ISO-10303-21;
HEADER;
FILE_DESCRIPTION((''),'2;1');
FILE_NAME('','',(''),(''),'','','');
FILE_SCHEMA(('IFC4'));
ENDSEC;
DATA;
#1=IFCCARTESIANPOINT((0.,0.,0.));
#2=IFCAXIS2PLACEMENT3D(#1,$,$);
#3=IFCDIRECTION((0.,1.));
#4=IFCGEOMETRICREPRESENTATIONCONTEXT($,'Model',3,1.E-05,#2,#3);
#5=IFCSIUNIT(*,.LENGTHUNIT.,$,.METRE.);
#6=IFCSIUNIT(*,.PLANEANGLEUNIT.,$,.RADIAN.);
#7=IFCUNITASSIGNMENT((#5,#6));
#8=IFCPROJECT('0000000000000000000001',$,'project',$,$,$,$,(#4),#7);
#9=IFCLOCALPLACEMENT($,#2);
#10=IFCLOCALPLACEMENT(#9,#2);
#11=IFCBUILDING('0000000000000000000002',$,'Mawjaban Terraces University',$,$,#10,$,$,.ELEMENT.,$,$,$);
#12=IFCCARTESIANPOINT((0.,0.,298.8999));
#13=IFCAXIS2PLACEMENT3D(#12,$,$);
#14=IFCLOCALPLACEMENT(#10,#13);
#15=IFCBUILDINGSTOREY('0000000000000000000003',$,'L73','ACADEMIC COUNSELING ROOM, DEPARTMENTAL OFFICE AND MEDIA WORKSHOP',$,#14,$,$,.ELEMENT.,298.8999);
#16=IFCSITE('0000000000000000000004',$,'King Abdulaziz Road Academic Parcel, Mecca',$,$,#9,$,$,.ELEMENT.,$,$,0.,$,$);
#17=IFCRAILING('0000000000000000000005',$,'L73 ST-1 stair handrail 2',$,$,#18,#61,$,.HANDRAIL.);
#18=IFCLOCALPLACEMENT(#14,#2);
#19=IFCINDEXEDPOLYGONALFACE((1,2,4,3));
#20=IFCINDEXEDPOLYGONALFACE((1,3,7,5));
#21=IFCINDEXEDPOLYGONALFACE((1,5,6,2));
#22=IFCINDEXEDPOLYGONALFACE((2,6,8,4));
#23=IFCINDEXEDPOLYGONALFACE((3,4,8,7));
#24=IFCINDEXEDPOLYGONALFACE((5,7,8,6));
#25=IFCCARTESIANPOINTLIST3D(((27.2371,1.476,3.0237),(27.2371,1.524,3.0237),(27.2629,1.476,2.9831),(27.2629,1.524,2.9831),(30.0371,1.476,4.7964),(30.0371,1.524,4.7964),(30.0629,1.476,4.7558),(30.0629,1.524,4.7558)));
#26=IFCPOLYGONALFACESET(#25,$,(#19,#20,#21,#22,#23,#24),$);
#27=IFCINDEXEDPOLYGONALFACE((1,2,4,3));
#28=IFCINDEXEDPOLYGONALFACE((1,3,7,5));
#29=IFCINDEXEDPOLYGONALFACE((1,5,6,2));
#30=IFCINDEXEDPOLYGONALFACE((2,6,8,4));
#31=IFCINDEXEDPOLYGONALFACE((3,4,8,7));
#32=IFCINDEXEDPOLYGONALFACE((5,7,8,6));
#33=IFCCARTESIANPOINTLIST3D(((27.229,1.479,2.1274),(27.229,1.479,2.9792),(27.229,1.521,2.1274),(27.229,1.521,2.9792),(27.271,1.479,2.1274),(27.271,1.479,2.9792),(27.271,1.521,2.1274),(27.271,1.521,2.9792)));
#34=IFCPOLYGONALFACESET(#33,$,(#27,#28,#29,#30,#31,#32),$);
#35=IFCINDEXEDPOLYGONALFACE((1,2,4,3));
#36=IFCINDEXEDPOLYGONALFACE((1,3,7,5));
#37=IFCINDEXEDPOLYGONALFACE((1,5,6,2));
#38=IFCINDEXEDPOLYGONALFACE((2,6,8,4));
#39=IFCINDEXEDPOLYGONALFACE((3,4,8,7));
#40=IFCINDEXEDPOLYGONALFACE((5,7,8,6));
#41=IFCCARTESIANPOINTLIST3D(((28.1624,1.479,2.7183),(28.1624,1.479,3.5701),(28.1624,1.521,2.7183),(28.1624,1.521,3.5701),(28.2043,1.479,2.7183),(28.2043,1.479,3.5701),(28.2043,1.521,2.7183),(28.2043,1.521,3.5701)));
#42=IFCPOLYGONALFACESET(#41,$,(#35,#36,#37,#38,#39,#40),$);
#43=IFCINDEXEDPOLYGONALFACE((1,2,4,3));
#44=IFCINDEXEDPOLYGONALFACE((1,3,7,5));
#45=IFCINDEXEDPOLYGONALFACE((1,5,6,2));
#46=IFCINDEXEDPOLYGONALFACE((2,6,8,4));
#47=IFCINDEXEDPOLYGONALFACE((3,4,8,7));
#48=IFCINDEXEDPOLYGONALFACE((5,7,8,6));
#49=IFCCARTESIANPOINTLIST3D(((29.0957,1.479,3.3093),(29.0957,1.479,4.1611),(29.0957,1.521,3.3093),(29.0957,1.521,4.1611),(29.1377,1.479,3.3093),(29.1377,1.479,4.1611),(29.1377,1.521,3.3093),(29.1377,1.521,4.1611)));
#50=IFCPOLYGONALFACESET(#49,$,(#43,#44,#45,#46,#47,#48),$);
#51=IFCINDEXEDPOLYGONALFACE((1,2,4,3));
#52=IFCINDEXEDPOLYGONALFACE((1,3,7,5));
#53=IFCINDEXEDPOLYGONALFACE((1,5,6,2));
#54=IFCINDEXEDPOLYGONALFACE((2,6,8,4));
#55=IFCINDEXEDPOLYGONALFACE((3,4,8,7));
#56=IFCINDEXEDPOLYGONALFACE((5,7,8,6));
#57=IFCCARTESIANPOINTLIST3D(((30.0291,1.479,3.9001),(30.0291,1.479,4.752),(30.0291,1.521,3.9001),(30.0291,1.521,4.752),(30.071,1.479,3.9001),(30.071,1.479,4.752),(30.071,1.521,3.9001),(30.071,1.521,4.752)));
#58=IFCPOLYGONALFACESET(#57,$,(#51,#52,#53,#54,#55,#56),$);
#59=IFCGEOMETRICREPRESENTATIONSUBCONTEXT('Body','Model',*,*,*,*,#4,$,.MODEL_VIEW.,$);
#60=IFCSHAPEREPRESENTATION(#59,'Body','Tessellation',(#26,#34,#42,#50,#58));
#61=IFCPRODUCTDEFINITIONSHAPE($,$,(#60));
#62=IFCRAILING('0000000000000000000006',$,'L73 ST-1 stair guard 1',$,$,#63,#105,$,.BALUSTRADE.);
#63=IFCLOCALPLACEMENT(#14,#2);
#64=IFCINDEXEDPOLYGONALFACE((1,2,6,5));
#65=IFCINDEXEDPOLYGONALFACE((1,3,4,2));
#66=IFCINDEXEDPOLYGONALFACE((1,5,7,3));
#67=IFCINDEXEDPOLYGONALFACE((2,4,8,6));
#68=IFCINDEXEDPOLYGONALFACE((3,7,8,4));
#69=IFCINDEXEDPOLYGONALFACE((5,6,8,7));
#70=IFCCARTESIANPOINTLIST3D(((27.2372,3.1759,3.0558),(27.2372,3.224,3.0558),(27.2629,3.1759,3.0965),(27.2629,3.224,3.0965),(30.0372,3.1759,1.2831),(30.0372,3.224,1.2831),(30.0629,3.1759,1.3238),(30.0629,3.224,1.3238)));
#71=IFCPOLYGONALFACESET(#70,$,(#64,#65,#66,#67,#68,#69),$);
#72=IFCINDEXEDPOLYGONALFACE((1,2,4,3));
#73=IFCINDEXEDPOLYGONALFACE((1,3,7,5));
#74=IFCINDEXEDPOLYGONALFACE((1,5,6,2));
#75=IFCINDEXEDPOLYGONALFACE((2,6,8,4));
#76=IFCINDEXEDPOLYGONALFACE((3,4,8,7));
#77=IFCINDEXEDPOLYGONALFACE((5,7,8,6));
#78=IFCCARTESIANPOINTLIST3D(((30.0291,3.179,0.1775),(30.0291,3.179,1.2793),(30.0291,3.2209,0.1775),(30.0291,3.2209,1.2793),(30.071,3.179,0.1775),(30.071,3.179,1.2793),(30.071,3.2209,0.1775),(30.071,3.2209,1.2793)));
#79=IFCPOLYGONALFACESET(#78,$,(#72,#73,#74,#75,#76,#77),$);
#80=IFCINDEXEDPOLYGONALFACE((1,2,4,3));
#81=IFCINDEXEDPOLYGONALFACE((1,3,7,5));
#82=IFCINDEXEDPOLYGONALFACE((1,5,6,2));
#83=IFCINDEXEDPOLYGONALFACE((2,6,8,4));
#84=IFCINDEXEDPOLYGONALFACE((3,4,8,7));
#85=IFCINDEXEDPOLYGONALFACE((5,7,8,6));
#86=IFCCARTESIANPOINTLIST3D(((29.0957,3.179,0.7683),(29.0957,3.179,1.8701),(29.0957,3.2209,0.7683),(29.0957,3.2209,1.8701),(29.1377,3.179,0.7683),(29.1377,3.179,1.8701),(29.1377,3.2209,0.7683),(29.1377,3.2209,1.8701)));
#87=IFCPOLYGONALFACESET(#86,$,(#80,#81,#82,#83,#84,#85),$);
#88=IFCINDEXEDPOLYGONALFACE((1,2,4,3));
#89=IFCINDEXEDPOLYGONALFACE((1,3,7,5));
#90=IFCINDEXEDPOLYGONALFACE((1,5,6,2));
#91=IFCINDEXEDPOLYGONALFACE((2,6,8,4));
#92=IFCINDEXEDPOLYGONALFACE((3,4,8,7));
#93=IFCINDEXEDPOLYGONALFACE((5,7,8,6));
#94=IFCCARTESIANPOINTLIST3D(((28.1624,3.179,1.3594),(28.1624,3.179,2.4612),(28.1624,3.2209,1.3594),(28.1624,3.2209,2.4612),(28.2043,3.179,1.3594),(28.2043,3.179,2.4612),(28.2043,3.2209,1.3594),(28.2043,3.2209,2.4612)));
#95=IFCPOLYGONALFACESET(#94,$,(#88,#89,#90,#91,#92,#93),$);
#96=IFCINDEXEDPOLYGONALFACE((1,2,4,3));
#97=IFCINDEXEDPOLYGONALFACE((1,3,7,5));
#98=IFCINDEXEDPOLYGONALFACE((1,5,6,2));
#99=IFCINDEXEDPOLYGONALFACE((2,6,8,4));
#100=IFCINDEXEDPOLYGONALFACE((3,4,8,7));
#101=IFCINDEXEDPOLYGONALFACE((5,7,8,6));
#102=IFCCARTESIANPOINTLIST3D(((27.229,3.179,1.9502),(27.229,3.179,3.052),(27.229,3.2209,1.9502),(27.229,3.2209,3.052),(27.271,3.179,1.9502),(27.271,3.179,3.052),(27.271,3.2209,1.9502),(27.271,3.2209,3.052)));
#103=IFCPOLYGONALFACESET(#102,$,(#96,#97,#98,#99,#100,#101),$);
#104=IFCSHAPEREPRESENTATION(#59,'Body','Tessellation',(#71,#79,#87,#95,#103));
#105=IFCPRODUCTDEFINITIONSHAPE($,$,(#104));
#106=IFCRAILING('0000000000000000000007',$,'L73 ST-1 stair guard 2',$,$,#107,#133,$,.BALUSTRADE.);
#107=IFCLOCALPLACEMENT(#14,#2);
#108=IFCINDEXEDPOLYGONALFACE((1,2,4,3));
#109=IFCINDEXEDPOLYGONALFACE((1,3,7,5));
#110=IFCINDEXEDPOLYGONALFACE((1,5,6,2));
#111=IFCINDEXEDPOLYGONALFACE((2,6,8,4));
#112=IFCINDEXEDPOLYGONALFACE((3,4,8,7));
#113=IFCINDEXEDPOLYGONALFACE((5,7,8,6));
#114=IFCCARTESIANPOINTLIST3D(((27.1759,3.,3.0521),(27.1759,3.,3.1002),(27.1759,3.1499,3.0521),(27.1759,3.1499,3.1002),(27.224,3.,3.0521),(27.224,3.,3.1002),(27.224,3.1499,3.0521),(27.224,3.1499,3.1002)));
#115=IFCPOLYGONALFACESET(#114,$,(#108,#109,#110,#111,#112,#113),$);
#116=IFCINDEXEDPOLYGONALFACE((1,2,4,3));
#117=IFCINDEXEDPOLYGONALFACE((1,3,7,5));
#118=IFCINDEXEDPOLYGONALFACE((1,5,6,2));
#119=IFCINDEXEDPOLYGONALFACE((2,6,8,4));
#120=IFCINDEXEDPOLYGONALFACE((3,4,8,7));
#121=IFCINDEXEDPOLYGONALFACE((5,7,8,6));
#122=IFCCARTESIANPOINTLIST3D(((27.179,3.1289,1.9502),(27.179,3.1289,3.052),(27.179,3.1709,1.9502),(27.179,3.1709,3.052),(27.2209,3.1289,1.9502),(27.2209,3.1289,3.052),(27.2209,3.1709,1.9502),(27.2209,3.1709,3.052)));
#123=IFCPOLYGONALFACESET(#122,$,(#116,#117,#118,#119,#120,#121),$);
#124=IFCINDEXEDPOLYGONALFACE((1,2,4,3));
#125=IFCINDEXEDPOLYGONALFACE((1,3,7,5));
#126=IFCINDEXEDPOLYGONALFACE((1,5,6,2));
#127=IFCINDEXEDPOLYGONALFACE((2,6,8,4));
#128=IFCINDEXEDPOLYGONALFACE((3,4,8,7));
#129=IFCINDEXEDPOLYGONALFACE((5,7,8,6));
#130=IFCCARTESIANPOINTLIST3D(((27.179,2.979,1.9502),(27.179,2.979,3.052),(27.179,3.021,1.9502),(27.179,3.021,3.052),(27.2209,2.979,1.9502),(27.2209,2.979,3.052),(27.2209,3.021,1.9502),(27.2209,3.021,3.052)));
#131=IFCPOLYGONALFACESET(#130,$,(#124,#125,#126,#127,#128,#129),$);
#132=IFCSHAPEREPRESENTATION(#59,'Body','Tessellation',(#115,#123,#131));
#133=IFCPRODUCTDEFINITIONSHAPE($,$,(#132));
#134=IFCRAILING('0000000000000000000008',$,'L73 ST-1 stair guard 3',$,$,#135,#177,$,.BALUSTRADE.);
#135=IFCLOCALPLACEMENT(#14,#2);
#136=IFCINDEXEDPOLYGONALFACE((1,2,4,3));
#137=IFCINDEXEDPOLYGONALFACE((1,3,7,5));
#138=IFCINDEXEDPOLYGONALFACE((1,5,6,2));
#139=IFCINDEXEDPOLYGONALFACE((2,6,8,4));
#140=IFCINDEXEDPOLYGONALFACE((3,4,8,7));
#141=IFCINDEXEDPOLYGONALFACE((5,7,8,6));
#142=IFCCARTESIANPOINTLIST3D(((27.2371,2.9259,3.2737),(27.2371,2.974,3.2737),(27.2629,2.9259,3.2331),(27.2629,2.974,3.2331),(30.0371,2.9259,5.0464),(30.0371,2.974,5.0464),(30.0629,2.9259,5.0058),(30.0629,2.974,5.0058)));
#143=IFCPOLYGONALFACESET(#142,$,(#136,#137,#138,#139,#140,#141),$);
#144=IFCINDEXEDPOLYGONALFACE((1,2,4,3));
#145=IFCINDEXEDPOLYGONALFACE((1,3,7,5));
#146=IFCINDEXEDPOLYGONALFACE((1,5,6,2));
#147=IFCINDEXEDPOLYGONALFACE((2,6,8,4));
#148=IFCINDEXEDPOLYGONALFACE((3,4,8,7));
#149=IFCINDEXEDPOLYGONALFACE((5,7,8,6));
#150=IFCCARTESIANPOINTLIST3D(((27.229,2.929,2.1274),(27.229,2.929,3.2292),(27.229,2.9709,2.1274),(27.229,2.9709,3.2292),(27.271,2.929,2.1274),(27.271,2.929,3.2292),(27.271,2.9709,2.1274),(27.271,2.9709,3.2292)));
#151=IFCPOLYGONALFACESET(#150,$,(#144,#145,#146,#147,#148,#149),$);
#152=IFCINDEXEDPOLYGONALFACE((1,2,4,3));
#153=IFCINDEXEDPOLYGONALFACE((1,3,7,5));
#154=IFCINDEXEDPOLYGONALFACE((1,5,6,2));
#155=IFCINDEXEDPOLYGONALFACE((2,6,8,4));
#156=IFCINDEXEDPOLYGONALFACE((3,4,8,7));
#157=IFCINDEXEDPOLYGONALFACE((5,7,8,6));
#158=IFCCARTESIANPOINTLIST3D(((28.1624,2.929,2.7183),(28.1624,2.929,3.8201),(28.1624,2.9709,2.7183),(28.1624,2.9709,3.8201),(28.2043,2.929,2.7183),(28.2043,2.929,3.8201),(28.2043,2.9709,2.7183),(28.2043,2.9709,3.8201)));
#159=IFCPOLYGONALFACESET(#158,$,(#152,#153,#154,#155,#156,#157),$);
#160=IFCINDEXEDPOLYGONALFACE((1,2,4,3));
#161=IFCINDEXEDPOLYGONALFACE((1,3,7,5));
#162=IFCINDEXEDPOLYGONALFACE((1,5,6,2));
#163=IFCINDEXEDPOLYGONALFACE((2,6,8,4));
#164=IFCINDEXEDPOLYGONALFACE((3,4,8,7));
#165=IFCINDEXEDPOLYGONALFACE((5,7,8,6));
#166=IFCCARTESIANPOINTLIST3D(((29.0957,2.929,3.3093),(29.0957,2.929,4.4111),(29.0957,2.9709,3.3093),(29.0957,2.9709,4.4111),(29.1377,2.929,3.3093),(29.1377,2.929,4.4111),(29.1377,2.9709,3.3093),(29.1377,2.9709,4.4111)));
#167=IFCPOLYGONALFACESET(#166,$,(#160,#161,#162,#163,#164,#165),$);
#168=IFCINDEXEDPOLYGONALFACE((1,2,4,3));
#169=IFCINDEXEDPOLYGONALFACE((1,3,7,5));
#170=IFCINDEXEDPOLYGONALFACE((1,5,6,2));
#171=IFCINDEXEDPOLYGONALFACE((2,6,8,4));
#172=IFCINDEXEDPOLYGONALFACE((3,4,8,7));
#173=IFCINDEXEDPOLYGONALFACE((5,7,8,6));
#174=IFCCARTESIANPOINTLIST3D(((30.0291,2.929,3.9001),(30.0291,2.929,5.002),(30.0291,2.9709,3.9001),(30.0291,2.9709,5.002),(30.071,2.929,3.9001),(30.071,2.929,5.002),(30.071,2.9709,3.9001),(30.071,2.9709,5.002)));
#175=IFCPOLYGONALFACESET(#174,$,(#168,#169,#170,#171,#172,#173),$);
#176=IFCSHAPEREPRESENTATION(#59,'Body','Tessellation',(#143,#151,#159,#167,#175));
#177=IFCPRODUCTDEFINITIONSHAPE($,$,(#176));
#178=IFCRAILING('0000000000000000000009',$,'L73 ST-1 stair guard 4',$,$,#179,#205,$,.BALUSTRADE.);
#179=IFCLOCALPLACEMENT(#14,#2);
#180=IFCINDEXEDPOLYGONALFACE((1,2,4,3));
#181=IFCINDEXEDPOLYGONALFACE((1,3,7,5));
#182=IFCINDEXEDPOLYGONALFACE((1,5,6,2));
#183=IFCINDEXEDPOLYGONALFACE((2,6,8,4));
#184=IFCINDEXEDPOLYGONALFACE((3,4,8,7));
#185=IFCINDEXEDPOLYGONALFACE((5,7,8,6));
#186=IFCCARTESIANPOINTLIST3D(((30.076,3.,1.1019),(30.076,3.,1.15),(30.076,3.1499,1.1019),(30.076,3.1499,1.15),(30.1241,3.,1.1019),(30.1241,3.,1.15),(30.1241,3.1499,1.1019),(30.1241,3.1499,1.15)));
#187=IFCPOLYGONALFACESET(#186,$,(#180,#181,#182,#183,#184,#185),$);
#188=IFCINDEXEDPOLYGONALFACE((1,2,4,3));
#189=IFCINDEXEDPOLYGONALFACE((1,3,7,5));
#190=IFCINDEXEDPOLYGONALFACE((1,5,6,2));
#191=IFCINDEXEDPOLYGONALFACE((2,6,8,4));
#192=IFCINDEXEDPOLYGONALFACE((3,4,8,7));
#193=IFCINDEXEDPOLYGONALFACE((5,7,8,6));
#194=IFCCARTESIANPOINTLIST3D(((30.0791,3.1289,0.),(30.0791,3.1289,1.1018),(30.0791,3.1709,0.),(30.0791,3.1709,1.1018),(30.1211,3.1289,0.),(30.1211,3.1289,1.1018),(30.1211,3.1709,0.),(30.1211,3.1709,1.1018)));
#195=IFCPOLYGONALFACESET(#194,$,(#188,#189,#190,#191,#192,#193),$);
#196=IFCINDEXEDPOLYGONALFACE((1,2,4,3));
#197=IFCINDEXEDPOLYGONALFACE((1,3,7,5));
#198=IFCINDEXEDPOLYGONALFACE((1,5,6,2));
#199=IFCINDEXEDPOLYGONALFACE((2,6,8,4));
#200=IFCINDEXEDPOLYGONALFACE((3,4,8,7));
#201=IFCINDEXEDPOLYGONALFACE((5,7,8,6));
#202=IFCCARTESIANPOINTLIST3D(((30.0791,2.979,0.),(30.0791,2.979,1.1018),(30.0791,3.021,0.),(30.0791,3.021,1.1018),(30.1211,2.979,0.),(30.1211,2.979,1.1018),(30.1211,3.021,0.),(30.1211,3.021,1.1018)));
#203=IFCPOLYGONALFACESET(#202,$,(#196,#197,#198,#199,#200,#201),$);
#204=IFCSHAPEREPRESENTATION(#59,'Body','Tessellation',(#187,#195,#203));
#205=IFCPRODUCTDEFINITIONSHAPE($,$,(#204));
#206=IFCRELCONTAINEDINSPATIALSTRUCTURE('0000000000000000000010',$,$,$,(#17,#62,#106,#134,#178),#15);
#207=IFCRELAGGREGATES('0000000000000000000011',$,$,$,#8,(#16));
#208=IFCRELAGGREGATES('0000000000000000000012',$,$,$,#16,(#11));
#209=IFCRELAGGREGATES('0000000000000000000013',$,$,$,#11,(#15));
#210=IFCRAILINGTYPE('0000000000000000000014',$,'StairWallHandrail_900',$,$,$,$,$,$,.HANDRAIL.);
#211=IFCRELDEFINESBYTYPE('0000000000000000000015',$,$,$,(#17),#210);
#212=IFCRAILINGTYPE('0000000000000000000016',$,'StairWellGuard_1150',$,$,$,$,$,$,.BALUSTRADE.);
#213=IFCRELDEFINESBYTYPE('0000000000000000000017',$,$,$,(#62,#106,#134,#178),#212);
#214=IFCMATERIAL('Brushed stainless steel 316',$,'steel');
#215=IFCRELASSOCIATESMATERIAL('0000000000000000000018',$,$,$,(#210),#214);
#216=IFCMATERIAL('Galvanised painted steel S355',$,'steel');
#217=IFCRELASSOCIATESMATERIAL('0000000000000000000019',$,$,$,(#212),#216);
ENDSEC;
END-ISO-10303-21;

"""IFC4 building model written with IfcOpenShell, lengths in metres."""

from ifc_helpers import new_model, si_unit, direction, frame, origin, origin_2d, place, context, subcontext, project, spatial, rectangle, extrude, material, type_object, element, save


model = new_model("IFC4")

# Units and contexts
model_context = context("Model", 3, precision=1e-05, world=origin(), true_north=direction((0.0, 1.0)))
body_context = subcontext(model_context, "Body", "Model", "MODEL_VIEW")
ifc_project = project(units=[si_unit("LENGTHUNIT", "METRE"), si_unit("PLANEANGLEUNIT", "RADIAN")], contexts=[model_context])

# Site, building, storey
site_placement = place(None, origin())
site = spatial("IfcSite", under=ifc_project, at=site_placement, Name="King Abdulaziz Road Academic Parcel, Mecca", CompositionType="ELEMENT", RefElevation=0.0)
building_placement = place(site_placement, origin())
building = spatial("IfcBuilding", under=site, at=building_placement, Name="Mawjaban Terraces University", CompositionType="ELEMENT")
storey_placement = place(building_placement, frame((0.0, 0.0, 298.8999)))
storey = spatial("IfcBuildingStorey", under=building, at=storey_placement, Name="L73", Description="ACADEMIC COUNSELING ROOM, DEPARTMENTAL OFFICE AND MEDIA WORKSHOP", CompositionType="ELEMENT", Elevation=298.8999)

# Railings
ifc_material_1 = material(Name="Brushed stainless steel 316", Category="steel")
railing_type_1 = type_object("IfcRailingType", Name="StairWallHandrail_900", PredefinedType="HANDRAIL", material=ifc_material_1)
railing_1_placement = place(storey_placement, frame((27.25, 1.5, 2.1274)))
element("IfcRailing", 1, at=railing_1_placement, inside=storey, type_object=railing_type_1, Name="L73 ST-1 stair handrail 2", PredefinedType="HANDRAIL", context=body_context, shape_type="SweptSolid", body=[
    extrude(rectangle(XDim=0.0481, YDim=0.0481, at=origin_2d()), frame((0.0, 0.0, 0.876), z_axis=(0.844909, 0.0, 0.53491), x_axis=(0.0, 1.0, 0.0)), (0.0, 0.0, 1.0), 3.314),
    extrude(rectangle(XDim=0.042, YDim=0.042, at=origin_2d()), origin(), (0.0, 0.0, 1.0), 0.8518),
    extrude(rectangle(XDim=0.042, YDim=0.042, at=origin_2d()), frame((0.9333, 0.0, 0.5908)), (0.0, 0.0, 1.0), 0.8518),
    extrude(rectangle(XDim=0.042, YDim=0.042, at=origin_2d()), frame((1.8667, 0.0, 1.1819)), (0.0, 0.0, 1.0), 0.8518),
    extrude(rectangle(XDim=0.042, YDim=0.042, at=origin_2d()), frame((2.8, 0.0, 1.7727)), (0.0, 0.0, 1.0), 0.8518),
])
ifc_material_2 = material(Name="Galvanised painted steel S355", Category="steel")
railing_type_2 = type_object("IfcRailingType", Name="StairWellGuard_1150", PredefinedType="BALUSTRADE", material=ifc_material_2)
railing_2_placement = place(storey_placement, frame((30.05, 3.2, 0.1775)))
element("IfcRailing", 2, at=railing_2_placement, inside=storey, type_object=railing_type_2, Name="L73 ST-1 stair guard 1", PredefinedType="BALUSTRADE", context=body_context, shape_type="SweptSolid", body=[
    extrude(rectangle(XDim=0.0481, YDim=0.0481, at=origin_2d()), frame((0.0, 0.0, 1.126), z_axis=(-0.844909, 0.0, 0.53491), x_axis=(0.0, -1.0, 0.0)), (0.0, 0.0, 1.0), 3.314),
    extrude(rectangle(XDim=0.042, YDim=0.042, at=origin_2d()), origin(), (0.0, 0.0, 1.0), 1.1018),
    extrude(rectangle(XDim=0.042, YDim=0.042, at=origin_2d()), frame((-0.9333, 0.0, 0.5908)), (0.0, 0.0, 1.0), 1.1018),
    extrude(rectangle(XDim=0.042, YDim=0.042, at=origin_2d()), frame((-1.8667, 0.0, 1.1819)), (0.0, 0.0, 1.0), 1.1018),
    extrude(rectangle(XDim=0.042, YDim=0.042, at=origin_2d()), frame((-2.8, 0.0, 1.7727)), (0.0, 0.0, 1.0), 1.1018),
])
railing_3_placement = place(storey_placement, frame((27.2, 3.1499, 1.9502)))
element("IfcRailing", 3, at=railing_3_placement, inside=storey, type_object=railing_type_2, Name="L73 ST-1 stair guard 2", PredefinedType="BALUSTRADE", context=body_context, shape_type="SweptSolid", body=[
    extrude(rectangle(XDim=0.0481, YDim=0.0481, at=origin_2d()), frame((0.0, 0.0, 1.126), z_axis=(0.0, -1.0, 0.0), x_axis=(1.0, 0.0, 0.0)), (0.0, 0.0, 1.0), 0.1499),
    extrude(rectangle(XDim=0.042, YDim=0.042, at=origin_2d()), origin(), (0.0, 0.0, 1.0), 1.1018),
    extrude(rectangle(XDim=0.042, YDim=0.042, at=origin_2d()), frame((0.0, -0.1499, 0.0)), (0.0, 0.0, 1.0), 1.1018),
])
railing_4_placement = place(storey_placement, frame((27.25, 2.95, 2.1274)))
element("IfcRailing", 4, at=railing_4_placement, inside=storey, type_object=railing_type_2, Name="L73 ST-1 stair guard 3", PredefinedType="BALUSTRADE", context=body_context, shape_type="SweptSolid", body=[
    extrude(rectangle(XDim=0.0481, YDim=0.0481, at=origin_2d()), frame((0.0, 0.0, 1.126), z_axis=(0.844909, 0.0, 0.53491), x_axis=(0.0, 1.0, 0.0)), (0.0, 0.0, 1.0), 3.314),
    extrude(rectangle(XDim=0.042, YDim=0.042, at=origin_2d()), origin(), (0.0, 0.0, 1.0), 1.1018),
    extrude(rectangle(XDim=0.042, YDim=0.042, at=origin_2d()), frame((0.9333, 0.0, 0.5908)), (0.0, 0.0, 1.0), 1.1018),
    extrude(rectangle(XDim=0.042, YDim=0.042, at=origin_2d()), frame((1.8667, 0.0, 1.1819)), (0.0, 0.0, 1.0), 1.1018),
    extrude(rectangle(XDim=0.042, YDim=0.042, at=origin_2d()), frame((2.8, 0.0, 1.7727)), (0.0, 0.0, 1.0), 1.1018),
])
railing_5_placement = place(storey_placement, frame((30.1001, 3.1499, 0.0)))
element("IfcRailing", 5, at=railing_5_placement, inside=storey, type_object=railing_type_2, Name="L73 ST-1 stair guard 4", PredefinedType="BALUSTRADE", context=body_context, shape_type="SweptSolid", body=[
    extrude(rectangle(XDim=0.0481, YDim=0.0481, at=origin_2d()), frame((0.0, 0.0, 1.126), z_axis=(0.0, -1.0, 0.0), x_axis=(1.0, 0.0, 0.0)), (0.0, 0.0, 1.0), 0.1499),
    extrude(rectangle(XDim=0.042, YDim=0.042, at=origin_2d()), origin(), (0.0, 0.0, 1.0), 1.1018),
    extrude(rectangle(XDim=0.042, YDim=0.042, at=origin_2d()), frame((0.0, -0.1499, 0.0)), (0.0, 0.0, 1.0), 1.1018),
])

save(model, "model.ifc")
